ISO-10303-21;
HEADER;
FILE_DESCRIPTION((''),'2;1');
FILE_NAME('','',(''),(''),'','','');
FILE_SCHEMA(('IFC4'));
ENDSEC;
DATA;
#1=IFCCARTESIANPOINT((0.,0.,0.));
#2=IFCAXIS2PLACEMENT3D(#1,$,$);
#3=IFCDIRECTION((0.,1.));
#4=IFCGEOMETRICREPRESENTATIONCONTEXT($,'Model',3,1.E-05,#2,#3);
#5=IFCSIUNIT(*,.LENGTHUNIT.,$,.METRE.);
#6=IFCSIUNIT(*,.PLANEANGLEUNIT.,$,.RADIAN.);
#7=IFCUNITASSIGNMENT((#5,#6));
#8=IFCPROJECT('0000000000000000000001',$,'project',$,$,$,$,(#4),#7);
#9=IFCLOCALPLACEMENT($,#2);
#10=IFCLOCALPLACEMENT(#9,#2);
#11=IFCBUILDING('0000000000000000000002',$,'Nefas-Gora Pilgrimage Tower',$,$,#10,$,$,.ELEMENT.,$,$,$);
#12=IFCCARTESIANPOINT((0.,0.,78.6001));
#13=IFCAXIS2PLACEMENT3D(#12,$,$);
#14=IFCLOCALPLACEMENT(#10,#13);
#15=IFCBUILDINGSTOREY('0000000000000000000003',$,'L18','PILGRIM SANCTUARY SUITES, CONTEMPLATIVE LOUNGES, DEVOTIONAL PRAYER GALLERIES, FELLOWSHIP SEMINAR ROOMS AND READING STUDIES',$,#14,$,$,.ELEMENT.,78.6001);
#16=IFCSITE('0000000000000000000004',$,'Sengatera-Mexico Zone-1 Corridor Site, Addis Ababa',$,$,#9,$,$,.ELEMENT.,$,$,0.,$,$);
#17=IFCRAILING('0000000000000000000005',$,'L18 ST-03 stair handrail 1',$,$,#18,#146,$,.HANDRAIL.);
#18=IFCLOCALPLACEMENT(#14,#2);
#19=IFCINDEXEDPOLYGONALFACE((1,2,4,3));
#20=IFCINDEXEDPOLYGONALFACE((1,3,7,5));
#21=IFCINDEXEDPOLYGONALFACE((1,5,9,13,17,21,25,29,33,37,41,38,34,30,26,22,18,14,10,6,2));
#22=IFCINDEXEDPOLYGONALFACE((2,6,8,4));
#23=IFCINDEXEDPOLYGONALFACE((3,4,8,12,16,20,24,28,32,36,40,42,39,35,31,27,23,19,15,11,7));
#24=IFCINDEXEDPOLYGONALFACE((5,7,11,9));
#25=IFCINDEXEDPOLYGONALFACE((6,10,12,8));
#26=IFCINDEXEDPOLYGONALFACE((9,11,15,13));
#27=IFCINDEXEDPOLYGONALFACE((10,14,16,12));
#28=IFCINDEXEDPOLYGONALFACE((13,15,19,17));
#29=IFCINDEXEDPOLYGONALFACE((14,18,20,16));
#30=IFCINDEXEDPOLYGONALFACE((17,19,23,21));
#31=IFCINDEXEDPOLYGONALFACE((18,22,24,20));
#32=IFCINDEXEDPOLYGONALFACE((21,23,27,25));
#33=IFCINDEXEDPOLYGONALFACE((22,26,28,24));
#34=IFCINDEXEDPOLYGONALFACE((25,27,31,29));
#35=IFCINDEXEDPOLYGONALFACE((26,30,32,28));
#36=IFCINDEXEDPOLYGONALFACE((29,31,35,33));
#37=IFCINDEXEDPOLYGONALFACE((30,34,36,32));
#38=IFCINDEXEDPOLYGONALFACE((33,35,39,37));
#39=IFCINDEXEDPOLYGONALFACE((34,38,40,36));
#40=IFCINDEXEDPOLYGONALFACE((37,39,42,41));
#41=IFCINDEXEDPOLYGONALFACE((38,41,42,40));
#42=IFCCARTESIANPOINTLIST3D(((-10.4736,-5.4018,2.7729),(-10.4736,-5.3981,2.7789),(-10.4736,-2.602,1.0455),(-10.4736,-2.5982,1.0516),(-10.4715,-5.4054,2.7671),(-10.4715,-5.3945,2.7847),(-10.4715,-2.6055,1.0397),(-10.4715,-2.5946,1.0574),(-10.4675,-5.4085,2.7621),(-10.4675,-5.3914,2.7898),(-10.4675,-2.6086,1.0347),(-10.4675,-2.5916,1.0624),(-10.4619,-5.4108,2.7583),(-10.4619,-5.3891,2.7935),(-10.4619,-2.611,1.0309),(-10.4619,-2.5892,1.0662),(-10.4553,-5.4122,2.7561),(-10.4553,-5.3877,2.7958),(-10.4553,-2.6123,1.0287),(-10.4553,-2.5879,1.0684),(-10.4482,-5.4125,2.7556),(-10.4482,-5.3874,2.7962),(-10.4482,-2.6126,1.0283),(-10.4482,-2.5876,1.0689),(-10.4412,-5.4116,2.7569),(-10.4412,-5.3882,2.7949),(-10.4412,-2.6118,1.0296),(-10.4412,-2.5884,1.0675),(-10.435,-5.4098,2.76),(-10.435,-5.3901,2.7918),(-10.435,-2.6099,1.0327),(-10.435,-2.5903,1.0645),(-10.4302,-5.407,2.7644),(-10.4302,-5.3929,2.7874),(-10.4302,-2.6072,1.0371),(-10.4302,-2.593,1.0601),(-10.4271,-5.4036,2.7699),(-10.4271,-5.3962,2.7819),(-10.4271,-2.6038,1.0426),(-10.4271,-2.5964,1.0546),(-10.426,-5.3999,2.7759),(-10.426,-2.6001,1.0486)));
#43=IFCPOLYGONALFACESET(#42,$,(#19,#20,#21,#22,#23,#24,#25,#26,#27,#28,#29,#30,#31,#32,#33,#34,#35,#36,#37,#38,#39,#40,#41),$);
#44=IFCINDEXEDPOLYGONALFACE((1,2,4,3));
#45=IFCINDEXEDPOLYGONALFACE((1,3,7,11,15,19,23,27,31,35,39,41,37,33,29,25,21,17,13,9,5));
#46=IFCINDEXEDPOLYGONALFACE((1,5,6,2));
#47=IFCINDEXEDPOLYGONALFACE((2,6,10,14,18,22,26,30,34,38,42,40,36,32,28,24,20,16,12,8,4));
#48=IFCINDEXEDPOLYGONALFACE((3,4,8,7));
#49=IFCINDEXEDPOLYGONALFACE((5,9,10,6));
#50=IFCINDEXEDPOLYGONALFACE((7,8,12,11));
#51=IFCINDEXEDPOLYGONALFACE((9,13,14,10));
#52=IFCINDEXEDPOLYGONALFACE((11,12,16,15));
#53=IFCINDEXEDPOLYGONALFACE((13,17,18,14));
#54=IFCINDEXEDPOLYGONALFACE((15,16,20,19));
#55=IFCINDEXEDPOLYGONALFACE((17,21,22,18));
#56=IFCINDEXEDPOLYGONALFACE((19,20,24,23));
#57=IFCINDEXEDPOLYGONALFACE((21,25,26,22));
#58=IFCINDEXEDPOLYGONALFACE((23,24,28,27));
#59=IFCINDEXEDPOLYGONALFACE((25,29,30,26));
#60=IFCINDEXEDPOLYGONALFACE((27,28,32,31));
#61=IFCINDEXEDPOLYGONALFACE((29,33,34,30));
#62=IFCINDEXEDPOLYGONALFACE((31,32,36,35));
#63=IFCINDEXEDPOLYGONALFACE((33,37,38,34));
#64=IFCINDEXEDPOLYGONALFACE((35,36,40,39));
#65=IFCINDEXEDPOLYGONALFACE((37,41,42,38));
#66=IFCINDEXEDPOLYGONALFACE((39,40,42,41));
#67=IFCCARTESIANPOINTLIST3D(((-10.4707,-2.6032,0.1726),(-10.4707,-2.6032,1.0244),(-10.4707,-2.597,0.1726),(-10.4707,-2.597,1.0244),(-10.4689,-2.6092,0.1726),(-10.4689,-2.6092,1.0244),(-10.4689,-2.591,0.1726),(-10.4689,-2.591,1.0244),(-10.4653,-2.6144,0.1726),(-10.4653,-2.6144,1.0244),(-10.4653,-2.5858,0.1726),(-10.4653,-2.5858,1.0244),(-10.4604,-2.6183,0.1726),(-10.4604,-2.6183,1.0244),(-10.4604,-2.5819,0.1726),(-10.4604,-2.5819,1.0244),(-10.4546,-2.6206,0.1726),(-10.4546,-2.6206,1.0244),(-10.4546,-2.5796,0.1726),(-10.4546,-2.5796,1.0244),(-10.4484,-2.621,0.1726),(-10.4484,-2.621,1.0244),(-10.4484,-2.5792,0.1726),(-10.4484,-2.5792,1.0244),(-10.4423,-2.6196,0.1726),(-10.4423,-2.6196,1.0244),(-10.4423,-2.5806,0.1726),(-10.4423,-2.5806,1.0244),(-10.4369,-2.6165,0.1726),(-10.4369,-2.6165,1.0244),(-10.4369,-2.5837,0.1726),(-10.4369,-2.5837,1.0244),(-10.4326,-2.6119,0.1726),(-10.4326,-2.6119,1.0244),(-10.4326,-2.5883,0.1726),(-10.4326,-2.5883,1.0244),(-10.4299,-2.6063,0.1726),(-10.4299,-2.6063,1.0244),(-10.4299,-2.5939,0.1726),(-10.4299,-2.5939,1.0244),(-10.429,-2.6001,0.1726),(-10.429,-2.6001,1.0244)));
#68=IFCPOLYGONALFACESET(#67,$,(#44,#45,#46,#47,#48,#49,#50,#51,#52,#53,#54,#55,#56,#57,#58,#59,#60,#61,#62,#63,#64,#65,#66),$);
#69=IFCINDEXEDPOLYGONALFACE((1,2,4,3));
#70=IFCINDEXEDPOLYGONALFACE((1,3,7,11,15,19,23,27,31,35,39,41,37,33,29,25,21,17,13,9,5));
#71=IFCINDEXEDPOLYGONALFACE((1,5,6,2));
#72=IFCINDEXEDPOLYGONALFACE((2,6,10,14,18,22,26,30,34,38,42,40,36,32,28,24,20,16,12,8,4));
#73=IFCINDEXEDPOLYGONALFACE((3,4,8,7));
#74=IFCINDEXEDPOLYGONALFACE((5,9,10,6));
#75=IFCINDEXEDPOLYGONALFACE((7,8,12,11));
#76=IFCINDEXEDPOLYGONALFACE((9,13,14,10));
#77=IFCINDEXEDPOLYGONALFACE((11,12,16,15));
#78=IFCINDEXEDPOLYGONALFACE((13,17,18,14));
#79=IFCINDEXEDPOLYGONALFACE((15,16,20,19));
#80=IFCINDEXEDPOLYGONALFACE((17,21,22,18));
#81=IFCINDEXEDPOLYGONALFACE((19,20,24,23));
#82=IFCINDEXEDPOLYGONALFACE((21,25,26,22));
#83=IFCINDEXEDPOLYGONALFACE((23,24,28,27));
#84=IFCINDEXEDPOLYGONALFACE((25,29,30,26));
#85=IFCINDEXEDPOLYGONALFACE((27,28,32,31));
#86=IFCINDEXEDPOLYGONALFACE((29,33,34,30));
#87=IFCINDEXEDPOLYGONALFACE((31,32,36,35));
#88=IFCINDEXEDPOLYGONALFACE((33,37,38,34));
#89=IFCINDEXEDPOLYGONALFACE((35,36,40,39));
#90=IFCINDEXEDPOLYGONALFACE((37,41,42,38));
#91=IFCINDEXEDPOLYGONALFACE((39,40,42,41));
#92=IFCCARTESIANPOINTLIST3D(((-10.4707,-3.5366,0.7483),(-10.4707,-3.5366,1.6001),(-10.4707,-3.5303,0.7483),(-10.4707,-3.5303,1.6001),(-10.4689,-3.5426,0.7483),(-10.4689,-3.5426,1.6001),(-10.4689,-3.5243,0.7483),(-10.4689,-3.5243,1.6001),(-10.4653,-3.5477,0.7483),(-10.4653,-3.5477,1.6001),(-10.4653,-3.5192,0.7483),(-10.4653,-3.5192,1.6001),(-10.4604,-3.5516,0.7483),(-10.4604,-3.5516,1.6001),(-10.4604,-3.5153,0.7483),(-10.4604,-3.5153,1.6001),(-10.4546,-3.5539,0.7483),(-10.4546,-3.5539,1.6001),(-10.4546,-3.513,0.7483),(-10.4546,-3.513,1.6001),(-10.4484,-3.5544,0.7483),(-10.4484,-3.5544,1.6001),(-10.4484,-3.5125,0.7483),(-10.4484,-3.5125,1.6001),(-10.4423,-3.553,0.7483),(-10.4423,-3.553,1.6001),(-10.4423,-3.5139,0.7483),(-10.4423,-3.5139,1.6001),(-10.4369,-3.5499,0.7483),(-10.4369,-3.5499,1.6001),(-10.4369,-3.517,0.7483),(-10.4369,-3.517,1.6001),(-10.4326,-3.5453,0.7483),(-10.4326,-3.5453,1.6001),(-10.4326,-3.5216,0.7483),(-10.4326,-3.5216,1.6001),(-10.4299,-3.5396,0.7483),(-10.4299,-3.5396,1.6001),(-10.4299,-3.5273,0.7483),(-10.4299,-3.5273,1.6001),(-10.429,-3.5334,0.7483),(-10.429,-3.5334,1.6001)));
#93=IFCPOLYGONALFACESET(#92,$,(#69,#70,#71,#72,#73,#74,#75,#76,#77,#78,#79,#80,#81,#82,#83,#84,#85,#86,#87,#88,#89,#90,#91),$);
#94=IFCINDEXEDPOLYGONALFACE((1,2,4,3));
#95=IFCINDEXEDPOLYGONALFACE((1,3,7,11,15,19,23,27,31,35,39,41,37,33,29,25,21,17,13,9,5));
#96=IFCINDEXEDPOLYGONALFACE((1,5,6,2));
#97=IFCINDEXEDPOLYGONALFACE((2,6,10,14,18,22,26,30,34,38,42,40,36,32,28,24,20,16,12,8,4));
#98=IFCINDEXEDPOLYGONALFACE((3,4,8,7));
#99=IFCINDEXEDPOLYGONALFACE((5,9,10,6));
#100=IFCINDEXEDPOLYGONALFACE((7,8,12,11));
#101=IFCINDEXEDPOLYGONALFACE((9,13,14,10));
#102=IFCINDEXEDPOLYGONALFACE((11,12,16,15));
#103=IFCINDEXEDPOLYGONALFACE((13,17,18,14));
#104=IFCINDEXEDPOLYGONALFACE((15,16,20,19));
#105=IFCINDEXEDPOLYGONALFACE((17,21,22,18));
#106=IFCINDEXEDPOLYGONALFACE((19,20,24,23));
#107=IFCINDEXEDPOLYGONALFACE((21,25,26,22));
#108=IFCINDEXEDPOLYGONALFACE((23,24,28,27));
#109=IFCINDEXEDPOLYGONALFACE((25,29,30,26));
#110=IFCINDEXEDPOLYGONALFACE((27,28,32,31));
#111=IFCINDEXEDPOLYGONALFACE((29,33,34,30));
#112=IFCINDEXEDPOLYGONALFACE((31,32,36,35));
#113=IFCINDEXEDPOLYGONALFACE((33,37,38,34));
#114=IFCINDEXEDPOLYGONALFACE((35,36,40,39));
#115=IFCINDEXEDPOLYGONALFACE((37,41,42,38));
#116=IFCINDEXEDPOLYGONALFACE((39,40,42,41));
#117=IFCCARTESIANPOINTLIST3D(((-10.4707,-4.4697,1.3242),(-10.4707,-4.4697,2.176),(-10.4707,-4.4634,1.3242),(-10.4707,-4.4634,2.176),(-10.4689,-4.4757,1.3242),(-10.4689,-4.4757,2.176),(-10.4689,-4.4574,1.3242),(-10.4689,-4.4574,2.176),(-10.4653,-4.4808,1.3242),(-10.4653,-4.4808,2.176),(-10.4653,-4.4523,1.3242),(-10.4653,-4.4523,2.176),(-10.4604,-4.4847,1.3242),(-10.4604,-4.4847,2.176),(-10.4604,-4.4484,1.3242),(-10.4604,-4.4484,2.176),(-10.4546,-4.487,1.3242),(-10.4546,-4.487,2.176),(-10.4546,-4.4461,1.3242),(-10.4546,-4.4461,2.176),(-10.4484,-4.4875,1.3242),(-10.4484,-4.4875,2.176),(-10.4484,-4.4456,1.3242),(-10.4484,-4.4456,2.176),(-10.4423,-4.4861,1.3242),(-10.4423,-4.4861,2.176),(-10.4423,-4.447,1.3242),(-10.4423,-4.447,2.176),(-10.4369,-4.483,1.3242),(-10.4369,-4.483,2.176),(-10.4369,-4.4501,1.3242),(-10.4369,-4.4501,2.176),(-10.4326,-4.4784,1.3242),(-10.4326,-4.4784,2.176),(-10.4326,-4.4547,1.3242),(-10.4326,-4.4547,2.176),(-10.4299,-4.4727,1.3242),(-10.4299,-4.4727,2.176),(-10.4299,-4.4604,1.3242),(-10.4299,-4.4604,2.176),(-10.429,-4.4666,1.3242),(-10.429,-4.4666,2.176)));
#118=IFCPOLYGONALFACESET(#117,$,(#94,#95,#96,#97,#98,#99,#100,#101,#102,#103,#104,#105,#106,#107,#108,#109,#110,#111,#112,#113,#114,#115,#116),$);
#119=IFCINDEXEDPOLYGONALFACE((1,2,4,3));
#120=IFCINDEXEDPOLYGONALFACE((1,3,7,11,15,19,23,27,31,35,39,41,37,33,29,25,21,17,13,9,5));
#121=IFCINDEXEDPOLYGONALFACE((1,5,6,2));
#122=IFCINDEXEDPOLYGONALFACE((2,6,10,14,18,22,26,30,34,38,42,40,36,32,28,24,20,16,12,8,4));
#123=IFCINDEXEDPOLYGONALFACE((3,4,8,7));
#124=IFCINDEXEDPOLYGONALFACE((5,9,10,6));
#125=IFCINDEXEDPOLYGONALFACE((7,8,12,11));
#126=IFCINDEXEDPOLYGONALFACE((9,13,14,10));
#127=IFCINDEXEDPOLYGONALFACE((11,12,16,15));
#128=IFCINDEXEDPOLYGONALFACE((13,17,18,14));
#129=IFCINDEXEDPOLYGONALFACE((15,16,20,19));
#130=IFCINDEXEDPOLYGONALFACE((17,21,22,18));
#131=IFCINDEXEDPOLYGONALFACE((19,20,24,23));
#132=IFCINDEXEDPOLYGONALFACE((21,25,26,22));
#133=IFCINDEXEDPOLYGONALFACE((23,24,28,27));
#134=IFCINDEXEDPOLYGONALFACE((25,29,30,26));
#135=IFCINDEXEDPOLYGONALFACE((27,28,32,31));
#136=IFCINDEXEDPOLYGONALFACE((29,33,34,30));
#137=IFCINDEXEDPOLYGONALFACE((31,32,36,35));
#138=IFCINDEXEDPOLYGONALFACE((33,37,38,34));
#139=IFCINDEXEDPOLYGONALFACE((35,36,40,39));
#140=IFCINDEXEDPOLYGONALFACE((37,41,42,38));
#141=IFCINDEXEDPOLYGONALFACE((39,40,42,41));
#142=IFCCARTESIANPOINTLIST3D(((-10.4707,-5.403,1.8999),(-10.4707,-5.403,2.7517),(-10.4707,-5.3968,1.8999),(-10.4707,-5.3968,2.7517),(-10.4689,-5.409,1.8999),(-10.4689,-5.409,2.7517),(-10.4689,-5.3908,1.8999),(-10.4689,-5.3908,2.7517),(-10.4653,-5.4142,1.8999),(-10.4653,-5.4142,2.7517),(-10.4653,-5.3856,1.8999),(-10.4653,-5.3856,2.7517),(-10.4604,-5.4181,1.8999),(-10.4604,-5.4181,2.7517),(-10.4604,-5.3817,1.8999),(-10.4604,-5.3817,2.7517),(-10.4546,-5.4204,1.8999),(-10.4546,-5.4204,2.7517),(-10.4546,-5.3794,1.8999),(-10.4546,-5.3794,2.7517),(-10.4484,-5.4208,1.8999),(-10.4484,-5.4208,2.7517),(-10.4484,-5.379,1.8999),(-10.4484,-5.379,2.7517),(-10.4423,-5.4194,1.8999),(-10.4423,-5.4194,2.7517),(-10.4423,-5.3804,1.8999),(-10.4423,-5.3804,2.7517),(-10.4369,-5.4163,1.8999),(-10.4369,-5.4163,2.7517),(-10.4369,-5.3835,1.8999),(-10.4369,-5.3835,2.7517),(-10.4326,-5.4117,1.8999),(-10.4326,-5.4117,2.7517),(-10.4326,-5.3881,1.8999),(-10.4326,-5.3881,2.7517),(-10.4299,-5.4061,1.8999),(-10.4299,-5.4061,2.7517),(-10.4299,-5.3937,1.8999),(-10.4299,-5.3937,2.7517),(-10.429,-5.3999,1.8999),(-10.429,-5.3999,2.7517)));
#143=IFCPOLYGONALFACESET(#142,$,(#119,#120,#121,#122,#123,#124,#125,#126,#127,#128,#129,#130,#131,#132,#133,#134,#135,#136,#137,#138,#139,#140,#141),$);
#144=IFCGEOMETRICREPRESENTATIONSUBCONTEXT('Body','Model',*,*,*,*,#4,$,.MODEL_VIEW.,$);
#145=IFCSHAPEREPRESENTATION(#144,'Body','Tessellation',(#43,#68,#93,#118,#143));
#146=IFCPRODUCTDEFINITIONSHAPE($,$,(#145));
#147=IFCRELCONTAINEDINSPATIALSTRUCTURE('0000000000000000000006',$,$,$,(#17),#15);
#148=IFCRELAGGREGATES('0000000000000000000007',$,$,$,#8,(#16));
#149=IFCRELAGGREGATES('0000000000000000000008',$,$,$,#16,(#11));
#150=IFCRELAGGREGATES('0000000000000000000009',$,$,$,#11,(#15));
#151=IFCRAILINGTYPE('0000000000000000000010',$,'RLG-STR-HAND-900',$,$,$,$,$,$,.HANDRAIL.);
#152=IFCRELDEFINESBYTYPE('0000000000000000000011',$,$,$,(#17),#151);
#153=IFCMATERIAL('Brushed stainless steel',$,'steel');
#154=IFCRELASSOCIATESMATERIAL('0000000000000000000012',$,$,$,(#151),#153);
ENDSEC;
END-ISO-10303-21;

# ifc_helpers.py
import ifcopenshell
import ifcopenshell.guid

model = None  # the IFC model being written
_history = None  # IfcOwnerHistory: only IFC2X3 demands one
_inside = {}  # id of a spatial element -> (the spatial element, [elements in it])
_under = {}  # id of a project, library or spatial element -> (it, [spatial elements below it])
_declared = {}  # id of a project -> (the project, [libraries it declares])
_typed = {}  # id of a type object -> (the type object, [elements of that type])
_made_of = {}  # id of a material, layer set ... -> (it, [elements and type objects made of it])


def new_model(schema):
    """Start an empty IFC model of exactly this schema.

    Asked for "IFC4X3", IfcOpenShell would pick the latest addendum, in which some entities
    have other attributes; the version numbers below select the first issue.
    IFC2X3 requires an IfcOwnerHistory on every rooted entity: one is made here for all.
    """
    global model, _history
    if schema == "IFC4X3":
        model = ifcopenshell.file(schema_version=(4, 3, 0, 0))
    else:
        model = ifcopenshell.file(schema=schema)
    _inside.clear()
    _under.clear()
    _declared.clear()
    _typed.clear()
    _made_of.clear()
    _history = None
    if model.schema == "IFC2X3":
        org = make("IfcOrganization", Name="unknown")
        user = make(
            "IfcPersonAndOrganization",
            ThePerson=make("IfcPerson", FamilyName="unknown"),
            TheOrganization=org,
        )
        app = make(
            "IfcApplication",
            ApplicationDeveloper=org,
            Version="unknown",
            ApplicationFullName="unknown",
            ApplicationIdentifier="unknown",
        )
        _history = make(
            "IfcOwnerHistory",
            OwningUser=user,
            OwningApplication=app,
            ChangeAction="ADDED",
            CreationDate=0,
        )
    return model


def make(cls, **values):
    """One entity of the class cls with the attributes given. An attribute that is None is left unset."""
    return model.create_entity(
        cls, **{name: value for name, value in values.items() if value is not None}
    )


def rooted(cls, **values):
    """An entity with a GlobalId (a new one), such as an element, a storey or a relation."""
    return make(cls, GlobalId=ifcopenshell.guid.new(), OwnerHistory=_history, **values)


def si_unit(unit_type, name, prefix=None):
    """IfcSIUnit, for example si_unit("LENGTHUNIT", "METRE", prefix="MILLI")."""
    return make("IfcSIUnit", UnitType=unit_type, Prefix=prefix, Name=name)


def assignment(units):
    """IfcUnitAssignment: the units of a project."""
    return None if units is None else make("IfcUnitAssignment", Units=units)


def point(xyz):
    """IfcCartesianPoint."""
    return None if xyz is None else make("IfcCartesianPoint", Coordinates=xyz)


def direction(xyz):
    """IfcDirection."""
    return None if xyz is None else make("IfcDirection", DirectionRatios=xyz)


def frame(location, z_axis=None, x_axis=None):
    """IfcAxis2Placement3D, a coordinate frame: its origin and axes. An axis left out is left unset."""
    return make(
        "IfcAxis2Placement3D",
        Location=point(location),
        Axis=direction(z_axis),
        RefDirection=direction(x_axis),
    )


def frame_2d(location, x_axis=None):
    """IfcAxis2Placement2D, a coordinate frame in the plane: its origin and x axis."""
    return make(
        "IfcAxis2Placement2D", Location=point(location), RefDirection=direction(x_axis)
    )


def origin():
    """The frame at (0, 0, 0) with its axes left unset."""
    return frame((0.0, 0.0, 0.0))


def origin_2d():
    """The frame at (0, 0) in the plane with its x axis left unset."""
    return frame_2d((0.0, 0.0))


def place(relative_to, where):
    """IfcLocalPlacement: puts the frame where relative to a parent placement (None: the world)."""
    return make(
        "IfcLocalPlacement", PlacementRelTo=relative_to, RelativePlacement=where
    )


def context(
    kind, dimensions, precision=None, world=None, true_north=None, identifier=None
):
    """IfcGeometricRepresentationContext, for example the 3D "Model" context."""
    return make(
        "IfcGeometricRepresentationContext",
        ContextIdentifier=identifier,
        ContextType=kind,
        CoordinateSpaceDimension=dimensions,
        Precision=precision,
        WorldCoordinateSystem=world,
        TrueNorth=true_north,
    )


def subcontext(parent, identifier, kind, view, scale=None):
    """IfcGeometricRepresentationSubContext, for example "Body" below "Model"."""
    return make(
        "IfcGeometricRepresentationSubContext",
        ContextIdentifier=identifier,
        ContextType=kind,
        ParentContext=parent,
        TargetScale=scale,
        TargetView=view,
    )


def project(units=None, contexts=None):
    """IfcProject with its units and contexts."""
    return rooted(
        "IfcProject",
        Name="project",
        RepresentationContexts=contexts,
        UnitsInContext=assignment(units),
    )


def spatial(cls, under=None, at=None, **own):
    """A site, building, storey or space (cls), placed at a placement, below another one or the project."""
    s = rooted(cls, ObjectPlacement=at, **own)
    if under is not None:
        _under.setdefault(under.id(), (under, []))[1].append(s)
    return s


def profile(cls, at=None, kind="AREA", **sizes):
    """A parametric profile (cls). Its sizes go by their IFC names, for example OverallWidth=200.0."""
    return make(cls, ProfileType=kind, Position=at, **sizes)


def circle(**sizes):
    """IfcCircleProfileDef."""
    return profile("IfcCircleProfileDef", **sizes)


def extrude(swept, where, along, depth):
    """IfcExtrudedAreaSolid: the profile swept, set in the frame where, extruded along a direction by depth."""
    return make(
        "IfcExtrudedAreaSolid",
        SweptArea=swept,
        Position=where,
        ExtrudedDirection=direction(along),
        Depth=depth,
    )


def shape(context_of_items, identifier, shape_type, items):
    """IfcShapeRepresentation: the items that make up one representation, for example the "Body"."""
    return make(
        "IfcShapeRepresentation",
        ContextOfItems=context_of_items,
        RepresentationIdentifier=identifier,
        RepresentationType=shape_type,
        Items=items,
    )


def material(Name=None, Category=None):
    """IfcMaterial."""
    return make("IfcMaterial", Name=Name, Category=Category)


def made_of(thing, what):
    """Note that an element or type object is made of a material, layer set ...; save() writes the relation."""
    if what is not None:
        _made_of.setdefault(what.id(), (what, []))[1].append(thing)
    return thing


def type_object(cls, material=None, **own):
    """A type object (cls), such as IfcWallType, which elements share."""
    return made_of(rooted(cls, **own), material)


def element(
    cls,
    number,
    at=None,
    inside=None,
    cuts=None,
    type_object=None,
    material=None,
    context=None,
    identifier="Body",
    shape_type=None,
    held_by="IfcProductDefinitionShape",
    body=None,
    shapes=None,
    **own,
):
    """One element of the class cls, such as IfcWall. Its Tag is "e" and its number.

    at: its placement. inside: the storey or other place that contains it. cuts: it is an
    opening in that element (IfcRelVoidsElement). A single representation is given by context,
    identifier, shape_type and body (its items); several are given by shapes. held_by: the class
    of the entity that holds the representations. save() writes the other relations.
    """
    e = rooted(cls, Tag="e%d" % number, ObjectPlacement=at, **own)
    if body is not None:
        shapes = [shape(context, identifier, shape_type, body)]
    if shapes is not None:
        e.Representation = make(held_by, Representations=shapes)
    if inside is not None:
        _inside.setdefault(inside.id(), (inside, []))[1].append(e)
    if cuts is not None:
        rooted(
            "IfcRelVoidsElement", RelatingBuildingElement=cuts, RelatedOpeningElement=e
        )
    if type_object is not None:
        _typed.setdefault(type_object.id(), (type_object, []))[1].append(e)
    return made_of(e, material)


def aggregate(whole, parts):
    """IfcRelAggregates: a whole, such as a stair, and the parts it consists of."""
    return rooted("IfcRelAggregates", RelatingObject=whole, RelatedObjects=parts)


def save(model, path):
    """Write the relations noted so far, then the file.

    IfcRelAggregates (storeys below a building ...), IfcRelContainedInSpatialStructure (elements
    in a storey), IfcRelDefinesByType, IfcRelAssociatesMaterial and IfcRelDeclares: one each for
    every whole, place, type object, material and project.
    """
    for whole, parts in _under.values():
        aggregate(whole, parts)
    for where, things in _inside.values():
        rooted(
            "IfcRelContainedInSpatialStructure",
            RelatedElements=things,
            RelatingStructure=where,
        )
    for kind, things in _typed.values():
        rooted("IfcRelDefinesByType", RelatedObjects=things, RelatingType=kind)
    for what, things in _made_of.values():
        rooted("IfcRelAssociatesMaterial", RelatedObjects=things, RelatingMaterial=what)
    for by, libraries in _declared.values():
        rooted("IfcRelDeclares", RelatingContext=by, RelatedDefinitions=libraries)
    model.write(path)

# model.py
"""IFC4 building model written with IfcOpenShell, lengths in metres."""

from ifc_helpers import new_model, si_unit, direction, frame, origin, origin_2d, place, context, subcontext, project, spatial, circle, extrude, material, type_object, element, save


model = new_model("IFC4")

# Units and contexts
model_context = context("Model", 3, precision=1e-05, world=origin(), true_north=direction((0.0, 1.0)))
body_context = subcontext(model_context, "Body", "Model", "MODEL_VIEW")
ifc_project = project(units=[si_unit("LENGTHUNIT", "METRE"), si_unit("PLANEANGLEUNIT", "RADIAN")], contexts=[model_context])

# Site, building, storey
site_placement = place(None, origin())
site = spatial("IfcSite", under=ifc_project, at=site_placement, Name="Sengatera-Mexico Zone-1 Corridor Site, Addis Ababa", CompositionType="ELEMENT", RefElevation=0.0)
building_placement = place(site_placement, origin())
building = spatial("IfcBuilding", under=site, at=building_placement, Name="Nefas-Gora Pilgrimage Tower", CompositionType="ELEMENT")
storey_placement = place(building_placement, frame((0.0, 0.0, 78.6001)))
storey = spatial("IfcBuildingStorey", under=building, at=storey_placement, Name="L18", Description="PILGRIM SANCTUARY SUITES, CONTEMPLATIVE LOUNGES, DEVOTIONAL PRAYER GALLERIES, FELLOWSHIP SEMINAR ROOMS AND READING STUDIES", CompositionType="ELEMENT", Elevation=78.6001)

# Railing
ifc_material_1 = material(Name="Brushed stainless steel", Category="steel")
railing_type_1 = type_object("IfcRailingType", Name="RLG-STR-HAND-900", PredefinedType="HANDRAIL", material=ifc_material_1)
railing_1_placement = place(storey_placement, frame((-10.45, -2.6001, 0.1726)))
element("IfcRailing", 1, at=railing_1_placement, inside=storey, type_object=railing_type_1, Name="L18 ST-03 stair handrail 1", PredefinedType="HANDRAIL", context=body_context, shape_type="SweptSolid", body=[
    extrude(circle(Radius=0.0239, at=origin_2d()), frame((0.0, 0.0, 0.876), z_axis=(0.0, -0.851069, 0.525054), x_axis=(1.0, 0.0, 0.0)), (0.0, 0.0, 1.0), 3.2898),
    extrude(circle(Radius=0.021, at=origin_2d()), origin(), (0.0, 0.0, 1.0), 0.8518),
    extrude(circle(Radius=0.021, at=origin_2d()), frame((0.0, -0.9333, 0.5757)), (0.0, 0.0, 1.0), 0.8518),
    extrude(circle(Radius=0.021, at=origin_2d()), frame((0.0, -1.8665, 1.1516)), (0.0, 0.0, 1.0), 0.8518),
    extrude(circle(Radius=0.021, at=origin_2d()), frame((0.0, -2.7998, 1.7273)), (0.0, 0.0, 1.0), 0.8518),
])

save(model, "model.ifc")
